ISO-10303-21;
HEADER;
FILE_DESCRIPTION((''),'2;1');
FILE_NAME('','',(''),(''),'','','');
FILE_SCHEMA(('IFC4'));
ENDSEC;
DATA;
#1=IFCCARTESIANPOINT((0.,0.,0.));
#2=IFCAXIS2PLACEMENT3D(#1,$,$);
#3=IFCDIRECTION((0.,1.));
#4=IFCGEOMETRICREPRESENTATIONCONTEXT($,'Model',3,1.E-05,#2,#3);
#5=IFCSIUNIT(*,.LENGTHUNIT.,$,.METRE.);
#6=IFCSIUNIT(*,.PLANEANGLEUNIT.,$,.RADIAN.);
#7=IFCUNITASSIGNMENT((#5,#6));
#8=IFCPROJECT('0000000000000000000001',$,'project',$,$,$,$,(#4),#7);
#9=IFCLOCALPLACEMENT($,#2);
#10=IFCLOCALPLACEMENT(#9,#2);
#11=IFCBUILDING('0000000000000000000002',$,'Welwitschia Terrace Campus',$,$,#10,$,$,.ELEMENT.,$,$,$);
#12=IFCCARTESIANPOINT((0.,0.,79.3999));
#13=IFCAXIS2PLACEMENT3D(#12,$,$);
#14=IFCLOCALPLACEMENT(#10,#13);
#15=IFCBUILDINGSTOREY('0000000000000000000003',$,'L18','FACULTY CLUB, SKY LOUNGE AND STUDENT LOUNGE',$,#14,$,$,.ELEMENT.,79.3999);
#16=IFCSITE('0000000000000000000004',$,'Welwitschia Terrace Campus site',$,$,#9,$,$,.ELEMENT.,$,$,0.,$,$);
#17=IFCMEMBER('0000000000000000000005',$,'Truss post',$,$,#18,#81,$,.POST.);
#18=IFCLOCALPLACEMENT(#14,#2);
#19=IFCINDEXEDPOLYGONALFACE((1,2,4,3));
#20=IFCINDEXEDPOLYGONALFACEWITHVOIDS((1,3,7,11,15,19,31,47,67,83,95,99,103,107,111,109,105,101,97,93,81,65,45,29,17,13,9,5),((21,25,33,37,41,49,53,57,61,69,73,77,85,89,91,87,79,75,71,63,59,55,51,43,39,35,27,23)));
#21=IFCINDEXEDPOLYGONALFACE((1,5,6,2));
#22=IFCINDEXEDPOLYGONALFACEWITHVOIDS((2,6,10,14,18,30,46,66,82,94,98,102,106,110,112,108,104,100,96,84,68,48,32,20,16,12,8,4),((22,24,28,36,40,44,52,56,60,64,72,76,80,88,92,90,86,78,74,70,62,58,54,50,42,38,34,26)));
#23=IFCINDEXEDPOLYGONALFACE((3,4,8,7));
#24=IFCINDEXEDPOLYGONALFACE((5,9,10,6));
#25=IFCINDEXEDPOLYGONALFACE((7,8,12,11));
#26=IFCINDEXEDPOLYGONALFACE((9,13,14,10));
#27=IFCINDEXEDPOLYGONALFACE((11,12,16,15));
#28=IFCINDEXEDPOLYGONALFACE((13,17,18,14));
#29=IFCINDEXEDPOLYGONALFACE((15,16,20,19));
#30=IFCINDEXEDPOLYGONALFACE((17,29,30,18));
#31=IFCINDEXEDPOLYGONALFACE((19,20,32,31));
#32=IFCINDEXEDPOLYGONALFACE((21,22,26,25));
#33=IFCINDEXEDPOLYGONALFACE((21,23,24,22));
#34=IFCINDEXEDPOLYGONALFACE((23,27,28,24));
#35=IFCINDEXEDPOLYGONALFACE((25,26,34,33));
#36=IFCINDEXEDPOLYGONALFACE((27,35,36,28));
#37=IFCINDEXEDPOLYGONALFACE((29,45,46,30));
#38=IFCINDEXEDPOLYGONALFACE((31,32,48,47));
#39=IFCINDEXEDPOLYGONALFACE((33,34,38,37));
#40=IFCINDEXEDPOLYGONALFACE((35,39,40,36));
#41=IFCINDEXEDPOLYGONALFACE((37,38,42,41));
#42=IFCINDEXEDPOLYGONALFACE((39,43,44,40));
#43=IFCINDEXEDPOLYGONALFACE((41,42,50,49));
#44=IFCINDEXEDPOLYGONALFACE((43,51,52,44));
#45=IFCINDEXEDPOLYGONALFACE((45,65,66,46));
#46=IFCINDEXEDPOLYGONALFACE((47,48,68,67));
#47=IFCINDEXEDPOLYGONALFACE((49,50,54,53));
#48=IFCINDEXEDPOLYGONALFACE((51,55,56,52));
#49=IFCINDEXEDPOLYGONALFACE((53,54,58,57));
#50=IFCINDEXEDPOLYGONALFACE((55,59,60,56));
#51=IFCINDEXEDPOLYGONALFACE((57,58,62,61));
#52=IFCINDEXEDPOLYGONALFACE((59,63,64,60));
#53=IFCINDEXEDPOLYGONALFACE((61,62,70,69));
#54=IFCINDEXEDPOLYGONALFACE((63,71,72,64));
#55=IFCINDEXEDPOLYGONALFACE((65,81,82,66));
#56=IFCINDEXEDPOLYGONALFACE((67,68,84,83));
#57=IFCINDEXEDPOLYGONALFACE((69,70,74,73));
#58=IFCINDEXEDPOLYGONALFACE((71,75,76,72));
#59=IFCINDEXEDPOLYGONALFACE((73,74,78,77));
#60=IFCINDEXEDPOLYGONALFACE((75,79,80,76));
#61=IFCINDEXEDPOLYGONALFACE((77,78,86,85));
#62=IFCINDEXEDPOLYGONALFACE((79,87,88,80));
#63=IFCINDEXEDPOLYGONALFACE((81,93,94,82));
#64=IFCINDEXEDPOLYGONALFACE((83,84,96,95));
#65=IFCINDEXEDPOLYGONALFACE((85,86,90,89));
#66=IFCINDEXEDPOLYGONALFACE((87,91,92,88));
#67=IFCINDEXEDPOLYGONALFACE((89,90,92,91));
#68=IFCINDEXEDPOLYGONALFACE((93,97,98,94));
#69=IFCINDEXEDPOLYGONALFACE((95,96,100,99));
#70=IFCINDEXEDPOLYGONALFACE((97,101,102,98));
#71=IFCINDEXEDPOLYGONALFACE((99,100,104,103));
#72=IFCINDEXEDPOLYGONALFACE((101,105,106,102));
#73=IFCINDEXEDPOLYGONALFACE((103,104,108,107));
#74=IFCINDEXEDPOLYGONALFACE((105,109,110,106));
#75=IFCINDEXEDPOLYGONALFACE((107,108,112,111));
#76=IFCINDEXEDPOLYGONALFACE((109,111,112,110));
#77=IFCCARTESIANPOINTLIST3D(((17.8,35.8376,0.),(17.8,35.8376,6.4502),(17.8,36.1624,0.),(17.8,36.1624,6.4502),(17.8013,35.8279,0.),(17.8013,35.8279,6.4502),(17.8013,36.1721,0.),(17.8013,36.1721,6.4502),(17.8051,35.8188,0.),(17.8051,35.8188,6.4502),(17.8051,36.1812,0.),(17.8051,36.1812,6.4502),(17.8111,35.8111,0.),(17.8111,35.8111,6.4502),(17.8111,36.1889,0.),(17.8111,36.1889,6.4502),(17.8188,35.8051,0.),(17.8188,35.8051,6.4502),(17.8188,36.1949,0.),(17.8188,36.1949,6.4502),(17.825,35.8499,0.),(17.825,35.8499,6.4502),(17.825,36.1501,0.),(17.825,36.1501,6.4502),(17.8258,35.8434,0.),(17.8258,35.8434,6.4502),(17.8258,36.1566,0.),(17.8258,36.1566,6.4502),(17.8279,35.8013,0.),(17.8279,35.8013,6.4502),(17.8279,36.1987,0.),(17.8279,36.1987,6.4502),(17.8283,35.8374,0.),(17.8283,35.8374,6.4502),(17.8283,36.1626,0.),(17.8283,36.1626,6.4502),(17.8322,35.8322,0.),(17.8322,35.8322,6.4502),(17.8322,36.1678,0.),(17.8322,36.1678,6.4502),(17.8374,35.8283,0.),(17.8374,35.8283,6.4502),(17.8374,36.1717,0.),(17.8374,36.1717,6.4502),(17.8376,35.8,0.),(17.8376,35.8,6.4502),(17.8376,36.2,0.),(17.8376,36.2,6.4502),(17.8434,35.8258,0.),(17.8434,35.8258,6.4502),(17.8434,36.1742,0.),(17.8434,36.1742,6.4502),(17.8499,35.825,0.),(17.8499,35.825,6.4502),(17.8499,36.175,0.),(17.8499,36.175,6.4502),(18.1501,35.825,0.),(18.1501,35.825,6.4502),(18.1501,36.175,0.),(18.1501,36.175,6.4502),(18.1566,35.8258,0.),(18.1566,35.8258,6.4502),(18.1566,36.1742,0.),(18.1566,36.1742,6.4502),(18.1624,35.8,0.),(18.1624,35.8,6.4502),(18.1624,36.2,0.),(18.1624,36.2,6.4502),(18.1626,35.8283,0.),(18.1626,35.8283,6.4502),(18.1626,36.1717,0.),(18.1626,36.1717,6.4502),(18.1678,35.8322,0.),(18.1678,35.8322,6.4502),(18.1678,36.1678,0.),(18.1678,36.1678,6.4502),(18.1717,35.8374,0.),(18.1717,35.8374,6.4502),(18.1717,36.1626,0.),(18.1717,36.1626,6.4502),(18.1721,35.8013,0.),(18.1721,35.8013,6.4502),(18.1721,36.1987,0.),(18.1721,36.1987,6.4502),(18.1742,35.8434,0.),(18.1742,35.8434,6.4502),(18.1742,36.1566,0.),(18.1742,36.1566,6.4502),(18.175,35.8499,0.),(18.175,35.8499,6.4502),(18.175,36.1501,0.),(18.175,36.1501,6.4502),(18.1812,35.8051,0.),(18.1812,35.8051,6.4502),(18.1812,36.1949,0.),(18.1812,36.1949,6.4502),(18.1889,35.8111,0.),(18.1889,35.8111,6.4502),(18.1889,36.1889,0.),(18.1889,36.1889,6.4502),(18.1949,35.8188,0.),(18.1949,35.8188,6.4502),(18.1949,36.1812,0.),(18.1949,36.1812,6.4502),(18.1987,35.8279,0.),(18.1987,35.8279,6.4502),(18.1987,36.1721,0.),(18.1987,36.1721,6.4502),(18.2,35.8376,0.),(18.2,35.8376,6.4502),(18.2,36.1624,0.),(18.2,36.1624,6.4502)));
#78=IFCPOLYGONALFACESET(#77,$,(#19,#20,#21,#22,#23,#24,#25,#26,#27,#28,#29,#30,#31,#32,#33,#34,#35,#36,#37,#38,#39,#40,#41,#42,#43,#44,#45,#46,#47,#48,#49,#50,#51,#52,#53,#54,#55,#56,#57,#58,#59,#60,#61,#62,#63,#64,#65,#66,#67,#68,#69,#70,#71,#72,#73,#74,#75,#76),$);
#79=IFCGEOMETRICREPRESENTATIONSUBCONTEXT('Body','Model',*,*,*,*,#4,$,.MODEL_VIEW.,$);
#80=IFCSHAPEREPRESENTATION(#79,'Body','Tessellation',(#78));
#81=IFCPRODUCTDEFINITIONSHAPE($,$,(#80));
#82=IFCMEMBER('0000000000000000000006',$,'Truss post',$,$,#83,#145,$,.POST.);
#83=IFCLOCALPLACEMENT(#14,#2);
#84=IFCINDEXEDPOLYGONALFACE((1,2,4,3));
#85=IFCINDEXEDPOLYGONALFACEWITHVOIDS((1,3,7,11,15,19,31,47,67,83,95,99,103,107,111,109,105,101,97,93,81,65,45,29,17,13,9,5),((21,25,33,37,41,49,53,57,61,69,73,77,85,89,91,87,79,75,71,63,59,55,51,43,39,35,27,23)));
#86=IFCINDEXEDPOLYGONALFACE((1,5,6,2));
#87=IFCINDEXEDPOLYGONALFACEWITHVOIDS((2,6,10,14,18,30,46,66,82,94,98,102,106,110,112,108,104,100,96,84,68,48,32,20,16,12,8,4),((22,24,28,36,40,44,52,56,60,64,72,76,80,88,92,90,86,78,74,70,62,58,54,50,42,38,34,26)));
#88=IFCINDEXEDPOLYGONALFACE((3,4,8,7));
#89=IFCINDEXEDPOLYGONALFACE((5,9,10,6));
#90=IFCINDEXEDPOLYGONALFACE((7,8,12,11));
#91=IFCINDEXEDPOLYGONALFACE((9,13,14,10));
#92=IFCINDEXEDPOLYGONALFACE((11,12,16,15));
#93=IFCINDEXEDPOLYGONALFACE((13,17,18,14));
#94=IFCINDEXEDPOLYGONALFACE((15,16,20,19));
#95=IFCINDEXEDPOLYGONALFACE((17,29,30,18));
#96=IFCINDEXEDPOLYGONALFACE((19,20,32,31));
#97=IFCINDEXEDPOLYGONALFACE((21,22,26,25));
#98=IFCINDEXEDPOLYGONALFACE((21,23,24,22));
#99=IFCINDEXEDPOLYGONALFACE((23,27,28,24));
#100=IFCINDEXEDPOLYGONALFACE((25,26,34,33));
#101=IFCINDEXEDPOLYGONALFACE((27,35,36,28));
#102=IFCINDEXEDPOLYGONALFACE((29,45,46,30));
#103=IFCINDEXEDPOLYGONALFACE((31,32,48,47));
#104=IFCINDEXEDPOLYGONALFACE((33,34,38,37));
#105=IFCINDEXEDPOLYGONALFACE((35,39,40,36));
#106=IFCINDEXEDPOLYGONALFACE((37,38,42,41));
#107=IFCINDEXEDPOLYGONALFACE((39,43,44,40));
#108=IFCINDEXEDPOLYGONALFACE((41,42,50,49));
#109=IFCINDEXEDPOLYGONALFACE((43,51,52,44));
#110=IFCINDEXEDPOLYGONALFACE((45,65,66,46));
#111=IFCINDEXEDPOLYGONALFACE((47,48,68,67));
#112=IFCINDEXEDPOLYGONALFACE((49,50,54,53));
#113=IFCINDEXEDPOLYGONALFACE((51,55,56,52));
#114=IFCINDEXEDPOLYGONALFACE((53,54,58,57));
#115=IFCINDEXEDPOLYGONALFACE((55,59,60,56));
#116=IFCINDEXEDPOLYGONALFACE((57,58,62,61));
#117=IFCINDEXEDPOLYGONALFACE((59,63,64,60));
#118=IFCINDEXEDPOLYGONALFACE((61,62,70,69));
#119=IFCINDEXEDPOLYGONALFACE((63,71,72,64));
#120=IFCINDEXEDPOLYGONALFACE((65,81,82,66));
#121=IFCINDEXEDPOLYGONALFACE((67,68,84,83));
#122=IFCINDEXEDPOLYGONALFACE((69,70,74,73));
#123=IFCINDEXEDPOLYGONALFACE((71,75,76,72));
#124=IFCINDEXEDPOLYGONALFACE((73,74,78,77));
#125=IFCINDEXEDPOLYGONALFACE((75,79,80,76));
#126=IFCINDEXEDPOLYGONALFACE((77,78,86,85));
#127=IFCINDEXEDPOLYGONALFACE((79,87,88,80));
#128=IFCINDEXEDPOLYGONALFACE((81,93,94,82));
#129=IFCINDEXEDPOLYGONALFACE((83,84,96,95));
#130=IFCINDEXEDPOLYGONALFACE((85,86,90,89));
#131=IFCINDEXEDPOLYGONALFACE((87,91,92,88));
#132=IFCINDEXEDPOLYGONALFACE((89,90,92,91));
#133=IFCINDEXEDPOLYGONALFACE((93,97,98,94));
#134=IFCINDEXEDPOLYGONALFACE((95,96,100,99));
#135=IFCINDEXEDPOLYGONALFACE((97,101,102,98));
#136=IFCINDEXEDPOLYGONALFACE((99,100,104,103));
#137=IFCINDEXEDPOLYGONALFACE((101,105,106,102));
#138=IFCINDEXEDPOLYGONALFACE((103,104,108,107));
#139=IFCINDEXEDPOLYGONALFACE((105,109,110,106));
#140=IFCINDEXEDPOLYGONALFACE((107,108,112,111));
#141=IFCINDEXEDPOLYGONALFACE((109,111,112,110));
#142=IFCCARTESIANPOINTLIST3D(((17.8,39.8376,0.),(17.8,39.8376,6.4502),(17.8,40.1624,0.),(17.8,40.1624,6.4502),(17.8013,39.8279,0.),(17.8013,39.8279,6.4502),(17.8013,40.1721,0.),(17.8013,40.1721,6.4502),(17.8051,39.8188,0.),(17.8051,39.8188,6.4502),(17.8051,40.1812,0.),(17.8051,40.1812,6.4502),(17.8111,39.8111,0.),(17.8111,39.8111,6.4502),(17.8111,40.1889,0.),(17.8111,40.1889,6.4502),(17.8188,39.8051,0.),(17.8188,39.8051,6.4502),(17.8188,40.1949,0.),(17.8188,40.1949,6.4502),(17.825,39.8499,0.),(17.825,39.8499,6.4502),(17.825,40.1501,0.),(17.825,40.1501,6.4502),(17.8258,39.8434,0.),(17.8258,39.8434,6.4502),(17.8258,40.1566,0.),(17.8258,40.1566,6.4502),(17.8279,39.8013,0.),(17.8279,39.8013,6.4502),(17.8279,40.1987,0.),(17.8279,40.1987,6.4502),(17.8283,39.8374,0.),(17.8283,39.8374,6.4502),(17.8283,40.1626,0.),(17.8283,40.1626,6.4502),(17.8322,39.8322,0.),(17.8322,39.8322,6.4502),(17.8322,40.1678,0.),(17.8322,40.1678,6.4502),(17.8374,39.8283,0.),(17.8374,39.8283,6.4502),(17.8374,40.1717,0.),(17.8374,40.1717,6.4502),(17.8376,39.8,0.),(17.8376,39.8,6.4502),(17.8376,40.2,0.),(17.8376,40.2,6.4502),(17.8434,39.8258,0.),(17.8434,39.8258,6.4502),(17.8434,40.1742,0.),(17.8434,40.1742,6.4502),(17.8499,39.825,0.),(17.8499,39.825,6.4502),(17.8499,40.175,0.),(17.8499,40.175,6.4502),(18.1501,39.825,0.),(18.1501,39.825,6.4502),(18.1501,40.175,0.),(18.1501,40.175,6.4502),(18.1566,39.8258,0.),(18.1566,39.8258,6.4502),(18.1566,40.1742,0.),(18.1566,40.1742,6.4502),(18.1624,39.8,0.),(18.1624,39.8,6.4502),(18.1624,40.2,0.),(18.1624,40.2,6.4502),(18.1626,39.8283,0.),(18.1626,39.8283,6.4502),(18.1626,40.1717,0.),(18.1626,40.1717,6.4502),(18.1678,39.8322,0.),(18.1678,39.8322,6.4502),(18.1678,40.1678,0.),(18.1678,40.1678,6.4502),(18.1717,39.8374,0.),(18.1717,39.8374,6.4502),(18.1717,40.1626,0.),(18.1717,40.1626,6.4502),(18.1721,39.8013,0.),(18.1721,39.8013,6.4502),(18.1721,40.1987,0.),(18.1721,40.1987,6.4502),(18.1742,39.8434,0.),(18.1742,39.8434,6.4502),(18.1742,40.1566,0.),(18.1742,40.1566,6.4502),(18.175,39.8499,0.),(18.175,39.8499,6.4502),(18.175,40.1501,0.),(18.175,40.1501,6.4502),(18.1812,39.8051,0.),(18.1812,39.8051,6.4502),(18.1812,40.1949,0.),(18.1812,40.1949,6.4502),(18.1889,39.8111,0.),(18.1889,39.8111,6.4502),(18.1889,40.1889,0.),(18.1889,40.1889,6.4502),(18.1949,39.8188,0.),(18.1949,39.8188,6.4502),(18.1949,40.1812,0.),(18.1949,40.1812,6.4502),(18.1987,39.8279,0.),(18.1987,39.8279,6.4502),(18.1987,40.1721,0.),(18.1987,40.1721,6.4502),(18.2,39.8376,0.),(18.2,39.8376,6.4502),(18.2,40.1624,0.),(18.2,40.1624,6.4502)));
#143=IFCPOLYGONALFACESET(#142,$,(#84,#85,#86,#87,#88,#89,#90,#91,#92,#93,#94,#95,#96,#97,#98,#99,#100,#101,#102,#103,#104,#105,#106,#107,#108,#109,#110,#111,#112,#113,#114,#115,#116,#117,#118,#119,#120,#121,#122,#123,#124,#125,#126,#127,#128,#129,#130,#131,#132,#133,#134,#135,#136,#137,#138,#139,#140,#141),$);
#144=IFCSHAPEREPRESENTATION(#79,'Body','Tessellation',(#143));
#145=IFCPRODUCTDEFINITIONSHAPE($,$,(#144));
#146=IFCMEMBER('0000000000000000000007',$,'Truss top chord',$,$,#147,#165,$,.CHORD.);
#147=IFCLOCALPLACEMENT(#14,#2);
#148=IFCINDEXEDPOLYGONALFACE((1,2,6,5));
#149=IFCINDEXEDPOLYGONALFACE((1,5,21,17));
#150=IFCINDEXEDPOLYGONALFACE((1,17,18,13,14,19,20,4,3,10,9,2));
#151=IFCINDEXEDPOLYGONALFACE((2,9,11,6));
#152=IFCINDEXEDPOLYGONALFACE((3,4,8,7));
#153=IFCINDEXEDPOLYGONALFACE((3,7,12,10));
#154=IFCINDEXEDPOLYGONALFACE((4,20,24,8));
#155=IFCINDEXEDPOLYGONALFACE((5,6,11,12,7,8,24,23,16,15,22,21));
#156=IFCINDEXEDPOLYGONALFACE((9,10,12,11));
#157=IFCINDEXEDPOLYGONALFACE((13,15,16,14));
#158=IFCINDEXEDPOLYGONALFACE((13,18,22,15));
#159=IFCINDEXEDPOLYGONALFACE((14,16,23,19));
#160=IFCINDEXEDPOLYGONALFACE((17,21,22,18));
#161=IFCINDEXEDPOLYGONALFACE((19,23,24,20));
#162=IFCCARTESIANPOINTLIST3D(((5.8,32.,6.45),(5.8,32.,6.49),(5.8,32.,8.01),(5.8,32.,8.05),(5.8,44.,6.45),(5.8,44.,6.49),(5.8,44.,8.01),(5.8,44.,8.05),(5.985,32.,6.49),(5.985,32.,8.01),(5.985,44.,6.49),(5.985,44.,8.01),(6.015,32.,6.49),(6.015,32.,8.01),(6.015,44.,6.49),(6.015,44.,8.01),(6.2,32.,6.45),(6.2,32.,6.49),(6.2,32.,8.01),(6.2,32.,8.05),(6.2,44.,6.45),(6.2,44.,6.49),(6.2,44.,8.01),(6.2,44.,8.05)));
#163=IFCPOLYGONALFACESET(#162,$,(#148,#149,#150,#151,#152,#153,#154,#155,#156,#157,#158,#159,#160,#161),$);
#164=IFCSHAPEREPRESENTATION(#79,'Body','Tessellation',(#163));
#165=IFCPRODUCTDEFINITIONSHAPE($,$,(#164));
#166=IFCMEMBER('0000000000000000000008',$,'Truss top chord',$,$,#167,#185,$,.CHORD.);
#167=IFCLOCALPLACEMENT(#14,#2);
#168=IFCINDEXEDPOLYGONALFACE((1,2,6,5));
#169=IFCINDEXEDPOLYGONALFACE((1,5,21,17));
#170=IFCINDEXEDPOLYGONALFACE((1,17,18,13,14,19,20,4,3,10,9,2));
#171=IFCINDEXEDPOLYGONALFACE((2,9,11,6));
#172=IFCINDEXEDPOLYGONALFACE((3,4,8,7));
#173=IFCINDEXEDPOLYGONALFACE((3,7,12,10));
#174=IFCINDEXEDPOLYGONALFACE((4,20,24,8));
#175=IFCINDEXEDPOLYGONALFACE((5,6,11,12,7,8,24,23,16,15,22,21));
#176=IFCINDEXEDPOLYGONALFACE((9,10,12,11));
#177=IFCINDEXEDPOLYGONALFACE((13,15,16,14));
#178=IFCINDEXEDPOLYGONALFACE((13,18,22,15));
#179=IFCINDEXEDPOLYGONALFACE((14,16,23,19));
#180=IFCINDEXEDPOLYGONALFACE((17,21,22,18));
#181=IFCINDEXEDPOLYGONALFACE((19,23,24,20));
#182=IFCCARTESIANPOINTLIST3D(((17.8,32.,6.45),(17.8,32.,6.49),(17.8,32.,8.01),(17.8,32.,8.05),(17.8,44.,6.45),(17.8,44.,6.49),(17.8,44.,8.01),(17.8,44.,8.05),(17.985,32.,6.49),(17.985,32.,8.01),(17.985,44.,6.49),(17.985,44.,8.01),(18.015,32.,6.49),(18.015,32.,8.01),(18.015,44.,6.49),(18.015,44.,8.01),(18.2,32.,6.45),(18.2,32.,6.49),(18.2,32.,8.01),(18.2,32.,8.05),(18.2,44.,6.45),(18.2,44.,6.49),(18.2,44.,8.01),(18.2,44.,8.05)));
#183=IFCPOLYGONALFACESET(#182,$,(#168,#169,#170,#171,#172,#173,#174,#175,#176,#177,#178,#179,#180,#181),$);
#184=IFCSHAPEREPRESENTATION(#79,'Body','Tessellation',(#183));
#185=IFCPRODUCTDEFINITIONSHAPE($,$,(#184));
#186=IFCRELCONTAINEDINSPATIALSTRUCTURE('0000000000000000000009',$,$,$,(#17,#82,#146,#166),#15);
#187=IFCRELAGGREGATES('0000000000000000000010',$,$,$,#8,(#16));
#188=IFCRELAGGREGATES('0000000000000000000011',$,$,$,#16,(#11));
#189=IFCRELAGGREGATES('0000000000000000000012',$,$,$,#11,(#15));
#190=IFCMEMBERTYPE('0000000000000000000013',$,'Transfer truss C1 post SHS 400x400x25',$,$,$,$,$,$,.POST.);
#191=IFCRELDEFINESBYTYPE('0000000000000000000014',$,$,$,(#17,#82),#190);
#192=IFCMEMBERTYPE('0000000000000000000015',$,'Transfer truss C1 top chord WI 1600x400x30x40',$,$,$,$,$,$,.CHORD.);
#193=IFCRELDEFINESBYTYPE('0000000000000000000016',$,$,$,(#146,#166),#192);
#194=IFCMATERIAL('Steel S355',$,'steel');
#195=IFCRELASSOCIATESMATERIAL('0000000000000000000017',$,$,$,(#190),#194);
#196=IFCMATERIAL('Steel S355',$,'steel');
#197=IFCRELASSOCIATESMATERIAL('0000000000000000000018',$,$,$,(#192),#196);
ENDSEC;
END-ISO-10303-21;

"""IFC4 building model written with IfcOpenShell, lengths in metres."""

from ifc_helpers import new_model, si_unit, direction, frame, origin, origin_2d, place, context, subcontext, project, spatial, hollow_rectangle, i_section, extrude, material, material_profile, profile_set, type_object, element, save


model = new_model("IFC4")

# Units and contexts
model_context = context("Model", 3, precision=1e-05, world=origin(), true_north=direction((0.0, 1.0)))
body_context = subcontext(model_context, "Body", "Model", "MODEL_VIEW")
ifc_project = project(units=[si_unit("LENGTHUNIT", "METRE"), si_unit("PLANEANGLEUNIT", "RADIAN")], contexts=[model_context])

# Site, building, storey
site_placement = place(None, origin())
site = spatial("IfcSite", under=ifc_project, at=site_placement, Name="Welwitschia Terrace Campus site", CompositionType="ELEMENT", RefElevation=0.0)
building_placement = place(site_placement, origin())
building = spatial("IfcBuilding", under=site, at=building_placement, Name="Welwitschia Terrace Campus", CompositionType="ELEMENT")
storey_placement = place(building_placement, frame((0.0, 0.0, 79.3999)))
storey = spatial("IfcBuildingStorey", under=building, at=storey_placement, Name="L18", Description="FACULTY CLUB, SKY LOUNGE AND STUDENT LOUNGE", CompositionType="ELEMENT", Elevation=79.3999)

# Members
ifc_material_1 = material(Name="Steel S355", Category="steel")
ifc_material_profile_1 = material_profile(ifc_material_1, hollow_rectangle(XDim=0.3999, YDim=0.3999, WallThickness=0.0249, InnerFilletRadius=0.0249, OuterFilletRadius=0.0376, at=origin_2d()))
ifc_profile_set_1 = profile_set([ifc_material_profile_1], Name="Steel S355")
member_type_1 = type_object("IfcMemberType", Name="Transfer truss C1 post SHS 400x400x25", PredefinedType="POST", material=ifc_profile_set_1)
for number, where, z_axis, x_axis, name in (
    (1, (18.0, 36.0, 0.0), (0.0, 0.0, 1.0), (1.0, 0.0, 0.0), "Truss post"),
    (2, (18.0, 40.0, 0.0), (0.0, 0.0, 1.0), (1.0, 0.0, 0.0), "Truss post"),
):
    element("IfcMember", number, at=place(storey_placement, frame(where, z_axis=z_axis, x_axis=x_axis)), inside=storey, type_object=member_type_1, Name=name, PredefinedType="POST", context=body_context, shape_type="SweptSolid", body=[
        extrude(hollow_rectangle(XDim=0.3999, YDim=0.3999, WallThickness=0.0249, InnerFilletRadius=0.0249, OuterFilletRadius=0.0376, at=origin_2d()), origin(), (0.0, 0.0, 1.0), 6.4502),
    ])
ifc_material_2 = material(Name="Steel S355", Category="steel")
ifc_material_profile_2 = material_profile(ifc_material_2, i_section(OverallWidth=0.3999, OverallDepth=1.6001, WebThickness=0.03, FlangeThickness=0.04, at=origin_2d()))
ifc_profile_set_2 = profile_set([ifc_material_profile_2], Name="Steel S355")
member_type_2 = type_object("IfcMemberType", Name="Transfer truss C1 top chord WI 1600x400x30x40", PredefinedType="CHORD", material=ifc_profile_set_2)
for number, where, z_axis, x_axis, name in (
    (3, (6.0, 32.0, 7.25), (0.0, 1.0, 0.0), (-1.0, 0.0, 0.0), "Truss top chord"),
    (4, (18.0, 32.0, 7.25), (0.0, 1.0, 0.0), (-1.0, 0.0, 0.0), "Truss top chord"),
):
    element("IfcMember", number, at=place(storey_placement, frame(where, z_axis=z_axis, x_axis=x_axis)), inside=storey, type_object=member_type_2, Name=name, PredefinedType="CHORD", context=body_context, shape_type="SweptSolid", body=[
        extrude(i_section(OverallWidth=0.3999, OverallDepth=1.6001, WebThickness=0.03, FlangeThickness=0.04, at=origin_2d()), origin(), (0.0, 0.0, 1.0), 12.0),
    ])

save(model, "model.ifc")
